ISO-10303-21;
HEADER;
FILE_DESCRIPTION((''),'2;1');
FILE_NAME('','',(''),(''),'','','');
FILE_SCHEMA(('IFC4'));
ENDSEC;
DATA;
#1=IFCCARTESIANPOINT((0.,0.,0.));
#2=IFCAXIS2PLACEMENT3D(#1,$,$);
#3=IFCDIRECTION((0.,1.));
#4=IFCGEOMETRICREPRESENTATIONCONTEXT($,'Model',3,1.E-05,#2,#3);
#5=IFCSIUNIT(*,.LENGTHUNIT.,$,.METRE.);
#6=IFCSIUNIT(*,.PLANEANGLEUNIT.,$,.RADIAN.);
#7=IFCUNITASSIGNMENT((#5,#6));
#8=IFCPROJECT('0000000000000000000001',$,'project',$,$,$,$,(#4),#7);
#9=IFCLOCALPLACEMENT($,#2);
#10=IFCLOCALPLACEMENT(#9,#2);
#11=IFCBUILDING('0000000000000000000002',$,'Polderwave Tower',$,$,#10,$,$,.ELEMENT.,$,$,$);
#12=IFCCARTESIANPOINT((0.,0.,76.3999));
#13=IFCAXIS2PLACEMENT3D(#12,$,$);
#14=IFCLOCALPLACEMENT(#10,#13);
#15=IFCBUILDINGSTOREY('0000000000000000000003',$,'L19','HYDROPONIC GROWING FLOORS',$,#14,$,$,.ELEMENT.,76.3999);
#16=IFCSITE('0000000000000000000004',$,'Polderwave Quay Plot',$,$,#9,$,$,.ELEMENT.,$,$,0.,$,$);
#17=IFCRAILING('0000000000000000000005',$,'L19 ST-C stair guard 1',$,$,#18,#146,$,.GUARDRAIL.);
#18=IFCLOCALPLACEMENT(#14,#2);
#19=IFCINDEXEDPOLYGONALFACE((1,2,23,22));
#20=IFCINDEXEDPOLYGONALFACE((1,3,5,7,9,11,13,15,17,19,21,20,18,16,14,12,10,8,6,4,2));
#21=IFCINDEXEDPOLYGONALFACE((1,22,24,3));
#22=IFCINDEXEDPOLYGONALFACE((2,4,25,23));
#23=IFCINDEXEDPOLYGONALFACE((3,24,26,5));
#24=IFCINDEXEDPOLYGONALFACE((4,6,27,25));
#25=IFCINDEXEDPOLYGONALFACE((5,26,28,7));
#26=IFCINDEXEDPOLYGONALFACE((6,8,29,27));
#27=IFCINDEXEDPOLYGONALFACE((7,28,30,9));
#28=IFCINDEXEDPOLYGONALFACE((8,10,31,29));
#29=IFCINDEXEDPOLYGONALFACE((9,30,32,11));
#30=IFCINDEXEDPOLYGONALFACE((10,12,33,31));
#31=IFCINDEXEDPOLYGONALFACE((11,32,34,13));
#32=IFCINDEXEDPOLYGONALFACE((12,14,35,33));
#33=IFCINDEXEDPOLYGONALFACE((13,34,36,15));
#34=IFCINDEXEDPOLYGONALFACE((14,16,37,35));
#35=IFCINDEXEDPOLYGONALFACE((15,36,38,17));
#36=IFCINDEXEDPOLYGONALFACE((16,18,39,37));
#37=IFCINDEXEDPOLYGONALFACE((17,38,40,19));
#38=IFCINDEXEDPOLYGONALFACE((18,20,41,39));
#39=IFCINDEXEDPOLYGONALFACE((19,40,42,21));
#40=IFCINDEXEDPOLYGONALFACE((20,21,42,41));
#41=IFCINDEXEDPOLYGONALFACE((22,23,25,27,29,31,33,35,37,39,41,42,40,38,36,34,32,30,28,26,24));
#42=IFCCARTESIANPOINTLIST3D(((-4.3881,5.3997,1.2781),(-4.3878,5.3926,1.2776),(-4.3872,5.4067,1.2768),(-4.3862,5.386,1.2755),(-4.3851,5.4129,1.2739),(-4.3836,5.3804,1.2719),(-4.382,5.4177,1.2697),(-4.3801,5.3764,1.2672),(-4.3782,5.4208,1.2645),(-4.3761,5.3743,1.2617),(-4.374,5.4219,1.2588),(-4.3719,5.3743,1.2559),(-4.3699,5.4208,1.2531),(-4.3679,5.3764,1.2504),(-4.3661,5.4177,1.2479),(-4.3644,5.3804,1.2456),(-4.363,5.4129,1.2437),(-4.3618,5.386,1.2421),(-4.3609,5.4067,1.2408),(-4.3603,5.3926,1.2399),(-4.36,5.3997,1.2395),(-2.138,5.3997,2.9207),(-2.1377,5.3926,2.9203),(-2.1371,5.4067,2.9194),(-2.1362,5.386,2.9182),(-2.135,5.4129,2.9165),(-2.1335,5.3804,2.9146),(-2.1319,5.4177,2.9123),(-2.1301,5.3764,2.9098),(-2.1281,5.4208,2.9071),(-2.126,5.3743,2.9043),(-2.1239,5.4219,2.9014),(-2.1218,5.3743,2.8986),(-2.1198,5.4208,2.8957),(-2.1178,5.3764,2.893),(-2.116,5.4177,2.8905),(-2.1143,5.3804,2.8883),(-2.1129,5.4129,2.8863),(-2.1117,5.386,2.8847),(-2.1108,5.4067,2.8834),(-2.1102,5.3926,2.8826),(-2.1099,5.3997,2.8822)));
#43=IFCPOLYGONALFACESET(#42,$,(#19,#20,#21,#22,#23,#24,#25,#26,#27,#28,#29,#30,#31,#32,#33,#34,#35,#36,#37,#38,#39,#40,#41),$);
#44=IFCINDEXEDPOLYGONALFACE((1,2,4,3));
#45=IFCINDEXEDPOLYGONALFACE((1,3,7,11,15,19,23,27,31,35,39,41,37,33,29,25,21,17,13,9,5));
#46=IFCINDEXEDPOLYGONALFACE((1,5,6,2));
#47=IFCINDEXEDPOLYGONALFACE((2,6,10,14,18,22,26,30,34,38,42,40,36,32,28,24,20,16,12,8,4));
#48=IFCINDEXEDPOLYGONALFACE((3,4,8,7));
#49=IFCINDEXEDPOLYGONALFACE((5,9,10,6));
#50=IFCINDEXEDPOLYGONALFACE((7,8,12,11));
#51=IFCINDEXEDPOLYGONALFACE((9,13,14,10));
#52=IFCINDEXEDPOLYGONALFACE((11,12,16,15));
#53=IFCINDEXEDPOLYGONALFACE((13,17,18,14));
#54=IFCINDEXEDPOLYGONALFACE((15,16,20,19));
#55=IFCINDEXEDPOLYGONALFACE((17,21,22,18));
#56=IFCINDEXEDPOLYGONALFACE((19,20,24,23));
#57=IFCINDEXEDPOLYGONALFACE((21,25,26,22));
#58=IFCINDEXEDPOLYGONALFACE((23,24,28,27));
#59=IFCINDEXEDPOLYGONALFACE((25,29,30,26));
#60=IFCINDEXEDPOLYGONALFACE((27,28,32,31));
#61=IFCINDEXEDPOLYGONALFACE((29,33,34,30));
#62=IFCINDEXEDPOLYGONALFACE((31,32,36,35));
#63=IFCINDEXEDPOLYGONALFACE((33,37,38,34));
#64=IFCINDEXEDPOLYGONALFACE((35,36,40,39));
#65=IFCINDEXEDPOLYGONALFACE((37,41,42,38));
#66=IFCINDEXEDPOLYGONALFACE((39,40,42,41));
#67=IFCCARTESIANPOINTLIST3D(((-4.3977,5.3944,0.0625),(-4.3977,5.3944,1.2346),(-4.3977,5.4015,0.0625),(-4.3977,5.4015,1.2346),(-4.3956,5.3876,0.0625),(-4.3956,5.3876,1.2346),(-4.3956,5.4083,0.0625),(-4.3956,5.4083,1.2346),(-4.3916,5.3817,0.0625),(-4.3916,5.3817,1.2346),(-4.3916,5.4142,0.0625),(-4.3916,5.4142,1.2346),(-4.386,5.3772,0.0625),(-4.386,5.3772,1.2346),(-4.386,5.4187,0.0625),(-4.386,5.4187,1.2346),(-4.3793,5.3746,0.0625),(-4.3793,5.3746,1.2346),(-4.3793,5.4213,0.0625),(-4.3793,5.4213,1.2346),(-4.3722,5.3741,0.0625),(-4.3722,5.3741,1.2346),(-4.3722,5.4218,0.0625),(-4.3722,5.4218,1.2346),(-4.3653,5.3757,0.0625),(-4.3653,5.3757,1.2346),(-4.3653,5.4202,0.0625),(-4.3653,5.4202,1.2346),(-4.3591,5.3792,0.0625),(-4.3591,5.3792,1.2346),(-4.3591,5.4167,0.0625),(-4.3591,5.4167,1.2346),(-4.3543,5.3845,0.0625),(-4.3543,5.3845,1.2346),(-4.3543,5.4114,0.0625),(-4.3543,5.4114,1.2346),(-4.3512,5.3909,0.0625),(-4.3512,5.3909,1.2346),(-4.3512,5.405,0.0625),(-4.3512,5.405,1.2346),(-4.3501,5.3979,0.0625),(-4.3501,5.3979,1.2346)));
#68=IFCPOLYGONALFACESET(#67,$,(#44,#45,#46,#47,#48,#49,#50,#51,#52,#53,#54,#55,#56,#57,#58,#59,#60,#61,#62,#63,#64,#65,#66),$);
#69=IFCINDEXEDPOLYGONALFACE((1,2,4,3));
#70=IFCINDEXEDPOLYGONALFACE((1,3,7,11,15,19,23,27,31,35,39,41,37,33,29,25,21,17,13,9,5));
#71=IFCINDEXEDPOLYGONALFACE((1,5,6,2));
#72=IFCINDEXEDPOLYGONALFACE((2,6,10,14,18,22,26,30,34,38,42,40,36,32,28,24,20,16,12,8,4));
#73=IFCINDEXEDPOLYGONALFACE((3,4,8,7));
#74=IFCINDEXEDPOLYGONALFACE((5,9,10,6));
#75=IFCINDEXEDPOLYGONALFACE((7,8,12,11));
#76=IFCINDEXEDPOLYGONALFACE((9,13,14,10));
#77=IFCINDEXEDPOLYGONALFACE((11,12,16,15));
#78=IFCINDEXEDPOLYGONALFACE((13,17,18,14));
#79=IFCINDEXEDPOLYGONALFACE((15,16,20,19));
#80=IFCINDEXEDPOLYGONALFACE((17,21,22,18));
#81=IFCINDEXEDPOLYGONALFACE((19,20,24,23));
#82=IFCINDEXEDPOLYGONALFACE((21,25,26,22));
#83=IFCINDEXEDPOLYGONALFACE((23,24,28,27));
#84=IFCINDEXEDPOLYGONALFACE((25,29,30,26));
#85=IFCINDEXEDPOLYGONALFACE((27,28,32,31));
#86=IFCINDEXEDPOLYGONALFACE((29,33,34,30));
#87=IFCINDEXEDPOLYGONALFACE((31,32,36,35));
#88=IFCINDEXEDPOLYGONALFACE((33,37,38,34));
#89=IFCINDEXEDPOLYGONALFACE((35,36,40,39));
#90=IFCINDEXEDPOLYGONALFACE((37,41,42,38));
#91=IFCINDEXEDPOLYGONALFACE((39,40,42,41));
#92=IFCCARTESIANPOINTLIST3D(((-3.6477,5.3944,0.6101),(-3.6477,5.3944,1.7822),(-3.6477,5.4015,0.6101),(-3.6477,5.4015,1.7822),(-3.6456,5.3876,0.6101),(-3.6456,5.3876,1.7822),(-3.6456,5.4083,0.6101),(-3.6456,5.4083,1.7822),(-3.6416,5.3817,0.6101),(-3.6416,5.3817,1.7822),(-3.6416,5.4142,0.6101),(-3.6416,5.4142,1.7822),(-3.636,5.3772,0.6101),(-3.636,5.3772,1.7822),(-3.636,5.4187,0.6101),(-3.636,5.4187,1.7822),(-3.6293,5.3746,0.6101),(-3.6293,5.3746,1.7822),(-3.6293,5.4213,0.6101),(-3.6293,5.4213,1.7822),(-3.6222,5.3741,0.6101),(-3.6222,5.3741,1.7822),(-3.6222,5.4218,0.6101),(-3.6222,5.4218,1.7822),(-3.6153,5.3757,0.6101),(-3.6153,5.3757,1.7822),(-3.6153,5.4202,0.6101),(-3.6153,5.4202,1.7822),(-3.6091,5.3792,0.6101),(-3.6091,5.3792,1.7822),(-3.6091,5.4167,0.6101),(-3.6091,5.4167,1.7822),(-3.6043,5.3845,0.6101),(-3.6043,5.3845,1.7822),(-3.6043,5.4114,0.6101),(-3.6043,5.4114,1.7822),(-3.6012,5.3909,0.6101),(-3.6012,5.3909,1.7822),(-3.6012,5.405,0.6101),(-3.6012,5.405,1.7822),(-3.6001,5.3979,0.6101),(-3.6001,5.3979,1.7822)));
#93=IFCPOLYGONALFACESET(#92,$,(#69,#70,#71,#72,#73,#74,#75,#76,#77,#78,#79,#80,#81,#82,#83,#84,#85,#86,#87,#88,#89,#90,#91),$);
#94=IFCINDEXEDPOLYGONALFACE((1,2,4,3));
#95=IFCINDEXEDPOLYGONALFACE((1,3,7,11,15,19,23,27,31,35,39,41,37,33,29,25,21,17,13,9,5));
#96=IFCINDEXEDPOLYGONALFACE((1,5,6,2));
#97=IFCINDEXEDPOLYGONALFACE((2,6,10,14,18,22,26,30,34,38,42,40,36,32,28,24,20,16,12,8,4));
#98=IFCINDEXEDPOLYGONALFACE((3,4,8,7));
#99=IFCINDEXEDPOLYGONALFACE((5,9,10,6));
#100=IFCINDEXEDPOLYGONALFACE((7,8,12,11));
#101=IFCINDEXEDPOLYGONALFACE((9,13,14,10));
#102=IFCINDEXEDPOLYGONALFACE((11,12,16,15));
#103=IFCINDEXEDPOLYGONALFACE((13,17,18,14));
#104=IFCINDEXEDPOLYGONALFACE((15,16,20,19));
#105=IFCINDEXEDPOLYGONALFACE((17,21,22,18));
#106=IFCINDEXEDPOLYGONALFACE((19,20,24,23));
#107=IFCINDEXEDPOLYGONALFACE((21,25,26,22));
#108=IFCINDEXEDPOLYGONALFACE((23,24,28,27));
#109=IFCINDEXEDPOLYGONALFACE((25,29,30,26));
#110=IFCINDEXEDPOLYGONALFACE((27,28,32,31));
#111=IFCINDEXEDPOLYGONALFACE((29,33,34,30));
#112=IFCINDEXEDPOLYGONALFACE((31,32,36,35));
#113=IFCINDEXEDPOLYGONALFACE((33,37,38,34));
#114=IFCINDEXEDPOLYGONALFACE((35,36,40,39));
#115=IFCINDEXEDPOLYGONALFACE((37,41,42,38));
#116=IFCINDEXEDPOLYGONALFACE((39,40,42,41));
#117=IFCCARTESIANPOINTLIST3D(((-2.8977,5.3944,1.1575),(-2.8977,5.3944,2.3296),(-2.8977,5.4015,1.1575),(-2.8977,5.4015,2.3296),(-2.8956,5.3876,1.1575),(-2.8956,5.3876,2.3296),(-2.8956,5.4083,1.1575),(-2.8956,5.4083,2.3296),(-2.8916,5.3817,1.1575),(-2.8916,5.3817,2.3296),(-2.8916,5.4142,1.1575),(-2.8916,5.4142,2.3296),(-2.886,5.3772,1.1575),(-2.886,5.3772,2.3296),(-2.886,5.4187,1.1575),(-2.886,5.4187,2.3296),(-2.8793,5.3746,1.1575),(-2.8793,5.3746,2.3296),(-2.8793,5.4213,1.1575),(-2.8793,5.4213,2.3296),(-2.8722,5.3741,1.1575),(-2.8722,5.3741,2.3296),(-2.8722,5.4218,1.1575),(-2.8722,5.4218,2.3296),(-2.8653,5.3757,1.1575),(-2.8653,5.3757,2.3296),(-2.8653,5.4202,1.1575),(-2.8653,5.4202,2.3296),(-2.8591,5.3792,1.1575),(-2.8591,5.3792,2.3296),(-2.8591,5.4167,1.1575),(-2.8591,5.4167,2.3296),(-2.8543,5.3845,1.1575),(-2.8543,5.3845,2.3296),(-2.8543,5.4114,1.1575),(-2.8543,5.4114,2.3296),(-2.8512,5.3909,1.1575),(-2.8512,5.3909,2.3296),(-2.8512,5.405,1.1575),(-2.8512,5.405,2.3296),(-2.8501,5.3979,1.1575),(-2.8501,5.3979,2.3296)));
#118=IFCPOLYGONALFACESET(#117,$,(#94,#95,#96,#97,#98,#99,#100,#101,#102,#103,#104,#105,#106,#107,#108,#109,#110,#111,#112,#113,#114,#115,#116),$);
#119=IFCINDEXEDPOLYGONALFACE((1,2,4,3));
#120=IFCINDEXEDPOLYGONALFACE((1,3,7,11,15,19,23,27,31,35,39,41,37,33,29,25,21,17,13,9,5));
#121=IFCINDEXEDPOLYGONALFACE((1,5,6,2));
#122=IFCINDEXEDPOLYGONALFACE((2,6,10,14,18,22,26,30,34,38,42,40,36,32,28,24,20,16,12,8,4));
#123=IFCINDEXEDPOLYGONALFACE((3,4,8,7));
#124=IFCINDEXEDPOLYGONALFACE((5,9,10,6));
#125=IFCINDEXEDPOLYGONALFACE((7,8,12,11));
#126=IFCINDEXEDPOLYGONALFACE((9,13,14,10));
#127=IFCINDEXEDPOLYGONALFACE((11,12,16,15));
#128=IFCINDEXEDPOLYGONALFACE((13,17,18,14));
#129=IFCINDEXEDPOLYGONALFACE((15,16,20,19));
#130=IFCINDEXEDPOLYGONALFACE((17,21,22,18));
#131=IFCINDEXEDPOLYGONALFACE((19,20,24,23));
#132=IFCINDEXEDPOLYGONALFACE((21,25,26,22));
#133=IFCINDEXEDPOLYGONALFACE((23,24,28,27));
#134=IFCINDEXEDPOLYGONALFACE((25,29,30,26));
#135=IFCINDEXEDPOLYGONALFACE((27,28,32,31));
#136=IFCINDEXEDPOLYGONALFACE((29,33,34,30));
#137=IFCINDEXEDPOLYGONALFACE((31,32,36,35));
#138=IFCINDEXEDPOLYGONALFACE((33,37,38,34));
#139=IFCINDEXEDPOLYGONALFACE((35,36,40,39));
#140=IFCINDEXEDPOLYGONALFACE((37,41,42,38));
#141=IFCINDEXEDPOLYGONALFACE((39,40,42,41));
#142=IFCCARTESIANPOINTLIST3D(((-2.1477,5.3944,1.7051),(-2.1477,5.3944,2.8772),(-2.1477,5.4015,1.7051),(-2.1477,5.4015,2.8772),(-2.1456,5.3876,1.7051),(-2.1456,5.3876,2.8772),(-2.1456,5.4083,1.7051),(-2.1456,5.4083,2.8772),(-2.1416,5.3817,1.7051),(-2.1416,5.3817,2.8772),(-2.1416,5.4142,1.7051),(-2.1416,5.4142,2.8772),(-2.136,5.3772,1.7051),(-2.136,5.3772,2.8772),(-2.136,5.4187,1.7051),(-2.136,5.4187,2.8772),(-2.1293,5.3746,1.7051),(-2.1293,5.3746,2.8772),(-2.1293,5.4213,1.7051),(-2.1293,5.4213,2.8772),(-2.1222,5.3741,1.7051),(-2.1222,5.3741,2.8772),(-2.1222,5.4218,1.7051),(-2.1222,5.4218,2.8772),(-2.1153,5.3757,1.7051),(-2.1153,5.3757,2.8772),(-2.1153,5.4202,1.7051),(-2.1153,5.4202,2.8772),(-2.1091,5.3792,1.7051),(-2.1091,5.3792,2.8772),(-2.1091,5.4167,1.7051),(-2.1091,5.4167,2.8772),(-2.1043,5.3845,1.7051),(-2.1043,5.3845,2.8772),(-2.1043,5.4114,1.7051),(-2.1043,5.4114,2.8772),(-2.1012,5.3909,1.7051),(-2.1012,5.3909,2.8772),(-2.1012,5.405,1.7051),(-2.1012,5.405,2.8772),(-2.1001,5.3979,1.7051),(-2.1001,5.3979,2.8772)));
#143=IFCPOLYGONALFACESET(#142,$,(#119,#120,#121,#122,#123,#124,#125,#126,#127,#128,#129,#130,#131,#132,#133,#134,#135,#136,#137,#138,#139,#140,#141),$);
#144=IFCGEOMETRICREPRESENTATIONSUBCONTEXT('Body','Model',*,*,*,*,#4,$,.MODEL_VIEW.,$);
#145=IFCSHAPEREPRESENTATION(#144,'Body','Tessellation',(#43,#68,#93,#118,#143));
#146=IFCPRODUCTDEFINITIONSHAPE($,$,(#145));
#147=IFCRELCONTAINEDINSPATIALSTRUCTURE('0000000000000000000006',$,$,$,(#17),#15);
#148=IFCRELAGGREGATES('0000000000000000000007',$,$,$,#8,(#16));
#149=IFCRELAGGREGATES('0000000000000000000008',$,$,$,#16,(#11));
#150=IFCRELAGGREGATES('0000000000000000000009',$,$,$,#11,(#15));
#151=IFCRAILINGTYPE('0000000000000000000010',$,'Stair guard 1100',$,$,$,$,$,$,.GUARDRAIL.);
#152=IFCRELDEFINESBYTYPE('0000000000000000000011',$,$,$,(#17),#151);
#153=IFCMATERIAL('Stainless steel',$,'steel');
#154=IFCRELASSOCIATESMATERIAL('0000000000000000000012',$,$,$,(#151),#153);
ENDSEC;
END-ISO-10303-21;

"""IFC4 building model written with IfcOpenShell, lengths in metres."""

from ifc_helpers import new_model, si_unit, direction, frame, origin, origin_2d, place, context, subcontext, project, spatial, circle, extrude, material, type_object, element, save


model = new_model("IFC4")

# Units and contexts
model_context = context("Model", 3, precision=1e-05, world=origin(), true_north=direction((0.0, 1.0)))
body_context = subcontext(model_context, "Body", "Model", "MODEL_VIEW")
ifc_project = project(units=[si_unit("LENGTHUNIT", "METRE"), si_unit("PLANEANGLEUNIT", "RADIAN")], contexts=[model_context])

# Site, building, storey
site_placement = place(None, origin())
site = spatial("IfcSite", under=ifc_project, at=site_placement, Name="Polderwave Quay Plot", CompositionType="ELEMENT", RefElevation=0.0)
building_placement = place(site_placement, origin())
building = spatial("IfcBuilding", under=site, at=building_placement, Name="Polderwave Tower", CompositionType="ELEMENT")
storey_placement = place(building_placement, frame((0.0, 0.0, 76.3999)))
storey = spatial("IfcBuildingStorey", under=building, at=storey_placement, Name="L19", Description="HYDROPONIC GROWING FLOORS", CompositionType="ELEMENT", Elevation=76.3999)

# Railing
ifc_material_1 = material(Name="Stainless steel", Category="steel")
railing_type_1 = type_object("IfcRailingType", Name="Stair guard 1100", PredefinedType="GUARDRAIL", material=ifc_material_1)
railing_1_placement = place(storey_placement, frame((-4.374, 5.3979, 0.0625)))
element("IfcRailing", 1, at=railing_1_placement, inside=storey, type_object=railing_type_1, Name="L19 ST-C stair guard 1", PredefinedType="GUARDRAIL", context=body_context, shape_type="SweptSolid", body=[
    extrude(circle(Radius=0.0239, at=origin_2d()), frame((0.0, 0.0, 1.1963), z_axis=(0.807674, 0.0, 0.58963), x_axis=(0.0, 1.0, 0.0)), (0.0, 0.0, 1.0), 2.7859),
    extrude(circle(Radius=0.0239, at=origin_2d()), origin(), (0.0, 0.0, 1.0), 1.1721),
    extrude(circle(Radius=0.0239, at=origin_2d()), frame((0.75, 0.0, 0.5476)), (0.0, 0.0, 1.0), 1.1721),
    extrude(circle(Radius=0.0239, at=origin_2d()), frame((1.5, 0.0, 1.095)), (0.0, 0.0, 1.0), 1.1721),
    extrude(circle(Radius=0.0239, at=origin_2d()), frame((2.25, 0.0, 1.6426)), (0.0, 0.0, 1.0), 1.1721),
])

save(model, "model.ifc")
